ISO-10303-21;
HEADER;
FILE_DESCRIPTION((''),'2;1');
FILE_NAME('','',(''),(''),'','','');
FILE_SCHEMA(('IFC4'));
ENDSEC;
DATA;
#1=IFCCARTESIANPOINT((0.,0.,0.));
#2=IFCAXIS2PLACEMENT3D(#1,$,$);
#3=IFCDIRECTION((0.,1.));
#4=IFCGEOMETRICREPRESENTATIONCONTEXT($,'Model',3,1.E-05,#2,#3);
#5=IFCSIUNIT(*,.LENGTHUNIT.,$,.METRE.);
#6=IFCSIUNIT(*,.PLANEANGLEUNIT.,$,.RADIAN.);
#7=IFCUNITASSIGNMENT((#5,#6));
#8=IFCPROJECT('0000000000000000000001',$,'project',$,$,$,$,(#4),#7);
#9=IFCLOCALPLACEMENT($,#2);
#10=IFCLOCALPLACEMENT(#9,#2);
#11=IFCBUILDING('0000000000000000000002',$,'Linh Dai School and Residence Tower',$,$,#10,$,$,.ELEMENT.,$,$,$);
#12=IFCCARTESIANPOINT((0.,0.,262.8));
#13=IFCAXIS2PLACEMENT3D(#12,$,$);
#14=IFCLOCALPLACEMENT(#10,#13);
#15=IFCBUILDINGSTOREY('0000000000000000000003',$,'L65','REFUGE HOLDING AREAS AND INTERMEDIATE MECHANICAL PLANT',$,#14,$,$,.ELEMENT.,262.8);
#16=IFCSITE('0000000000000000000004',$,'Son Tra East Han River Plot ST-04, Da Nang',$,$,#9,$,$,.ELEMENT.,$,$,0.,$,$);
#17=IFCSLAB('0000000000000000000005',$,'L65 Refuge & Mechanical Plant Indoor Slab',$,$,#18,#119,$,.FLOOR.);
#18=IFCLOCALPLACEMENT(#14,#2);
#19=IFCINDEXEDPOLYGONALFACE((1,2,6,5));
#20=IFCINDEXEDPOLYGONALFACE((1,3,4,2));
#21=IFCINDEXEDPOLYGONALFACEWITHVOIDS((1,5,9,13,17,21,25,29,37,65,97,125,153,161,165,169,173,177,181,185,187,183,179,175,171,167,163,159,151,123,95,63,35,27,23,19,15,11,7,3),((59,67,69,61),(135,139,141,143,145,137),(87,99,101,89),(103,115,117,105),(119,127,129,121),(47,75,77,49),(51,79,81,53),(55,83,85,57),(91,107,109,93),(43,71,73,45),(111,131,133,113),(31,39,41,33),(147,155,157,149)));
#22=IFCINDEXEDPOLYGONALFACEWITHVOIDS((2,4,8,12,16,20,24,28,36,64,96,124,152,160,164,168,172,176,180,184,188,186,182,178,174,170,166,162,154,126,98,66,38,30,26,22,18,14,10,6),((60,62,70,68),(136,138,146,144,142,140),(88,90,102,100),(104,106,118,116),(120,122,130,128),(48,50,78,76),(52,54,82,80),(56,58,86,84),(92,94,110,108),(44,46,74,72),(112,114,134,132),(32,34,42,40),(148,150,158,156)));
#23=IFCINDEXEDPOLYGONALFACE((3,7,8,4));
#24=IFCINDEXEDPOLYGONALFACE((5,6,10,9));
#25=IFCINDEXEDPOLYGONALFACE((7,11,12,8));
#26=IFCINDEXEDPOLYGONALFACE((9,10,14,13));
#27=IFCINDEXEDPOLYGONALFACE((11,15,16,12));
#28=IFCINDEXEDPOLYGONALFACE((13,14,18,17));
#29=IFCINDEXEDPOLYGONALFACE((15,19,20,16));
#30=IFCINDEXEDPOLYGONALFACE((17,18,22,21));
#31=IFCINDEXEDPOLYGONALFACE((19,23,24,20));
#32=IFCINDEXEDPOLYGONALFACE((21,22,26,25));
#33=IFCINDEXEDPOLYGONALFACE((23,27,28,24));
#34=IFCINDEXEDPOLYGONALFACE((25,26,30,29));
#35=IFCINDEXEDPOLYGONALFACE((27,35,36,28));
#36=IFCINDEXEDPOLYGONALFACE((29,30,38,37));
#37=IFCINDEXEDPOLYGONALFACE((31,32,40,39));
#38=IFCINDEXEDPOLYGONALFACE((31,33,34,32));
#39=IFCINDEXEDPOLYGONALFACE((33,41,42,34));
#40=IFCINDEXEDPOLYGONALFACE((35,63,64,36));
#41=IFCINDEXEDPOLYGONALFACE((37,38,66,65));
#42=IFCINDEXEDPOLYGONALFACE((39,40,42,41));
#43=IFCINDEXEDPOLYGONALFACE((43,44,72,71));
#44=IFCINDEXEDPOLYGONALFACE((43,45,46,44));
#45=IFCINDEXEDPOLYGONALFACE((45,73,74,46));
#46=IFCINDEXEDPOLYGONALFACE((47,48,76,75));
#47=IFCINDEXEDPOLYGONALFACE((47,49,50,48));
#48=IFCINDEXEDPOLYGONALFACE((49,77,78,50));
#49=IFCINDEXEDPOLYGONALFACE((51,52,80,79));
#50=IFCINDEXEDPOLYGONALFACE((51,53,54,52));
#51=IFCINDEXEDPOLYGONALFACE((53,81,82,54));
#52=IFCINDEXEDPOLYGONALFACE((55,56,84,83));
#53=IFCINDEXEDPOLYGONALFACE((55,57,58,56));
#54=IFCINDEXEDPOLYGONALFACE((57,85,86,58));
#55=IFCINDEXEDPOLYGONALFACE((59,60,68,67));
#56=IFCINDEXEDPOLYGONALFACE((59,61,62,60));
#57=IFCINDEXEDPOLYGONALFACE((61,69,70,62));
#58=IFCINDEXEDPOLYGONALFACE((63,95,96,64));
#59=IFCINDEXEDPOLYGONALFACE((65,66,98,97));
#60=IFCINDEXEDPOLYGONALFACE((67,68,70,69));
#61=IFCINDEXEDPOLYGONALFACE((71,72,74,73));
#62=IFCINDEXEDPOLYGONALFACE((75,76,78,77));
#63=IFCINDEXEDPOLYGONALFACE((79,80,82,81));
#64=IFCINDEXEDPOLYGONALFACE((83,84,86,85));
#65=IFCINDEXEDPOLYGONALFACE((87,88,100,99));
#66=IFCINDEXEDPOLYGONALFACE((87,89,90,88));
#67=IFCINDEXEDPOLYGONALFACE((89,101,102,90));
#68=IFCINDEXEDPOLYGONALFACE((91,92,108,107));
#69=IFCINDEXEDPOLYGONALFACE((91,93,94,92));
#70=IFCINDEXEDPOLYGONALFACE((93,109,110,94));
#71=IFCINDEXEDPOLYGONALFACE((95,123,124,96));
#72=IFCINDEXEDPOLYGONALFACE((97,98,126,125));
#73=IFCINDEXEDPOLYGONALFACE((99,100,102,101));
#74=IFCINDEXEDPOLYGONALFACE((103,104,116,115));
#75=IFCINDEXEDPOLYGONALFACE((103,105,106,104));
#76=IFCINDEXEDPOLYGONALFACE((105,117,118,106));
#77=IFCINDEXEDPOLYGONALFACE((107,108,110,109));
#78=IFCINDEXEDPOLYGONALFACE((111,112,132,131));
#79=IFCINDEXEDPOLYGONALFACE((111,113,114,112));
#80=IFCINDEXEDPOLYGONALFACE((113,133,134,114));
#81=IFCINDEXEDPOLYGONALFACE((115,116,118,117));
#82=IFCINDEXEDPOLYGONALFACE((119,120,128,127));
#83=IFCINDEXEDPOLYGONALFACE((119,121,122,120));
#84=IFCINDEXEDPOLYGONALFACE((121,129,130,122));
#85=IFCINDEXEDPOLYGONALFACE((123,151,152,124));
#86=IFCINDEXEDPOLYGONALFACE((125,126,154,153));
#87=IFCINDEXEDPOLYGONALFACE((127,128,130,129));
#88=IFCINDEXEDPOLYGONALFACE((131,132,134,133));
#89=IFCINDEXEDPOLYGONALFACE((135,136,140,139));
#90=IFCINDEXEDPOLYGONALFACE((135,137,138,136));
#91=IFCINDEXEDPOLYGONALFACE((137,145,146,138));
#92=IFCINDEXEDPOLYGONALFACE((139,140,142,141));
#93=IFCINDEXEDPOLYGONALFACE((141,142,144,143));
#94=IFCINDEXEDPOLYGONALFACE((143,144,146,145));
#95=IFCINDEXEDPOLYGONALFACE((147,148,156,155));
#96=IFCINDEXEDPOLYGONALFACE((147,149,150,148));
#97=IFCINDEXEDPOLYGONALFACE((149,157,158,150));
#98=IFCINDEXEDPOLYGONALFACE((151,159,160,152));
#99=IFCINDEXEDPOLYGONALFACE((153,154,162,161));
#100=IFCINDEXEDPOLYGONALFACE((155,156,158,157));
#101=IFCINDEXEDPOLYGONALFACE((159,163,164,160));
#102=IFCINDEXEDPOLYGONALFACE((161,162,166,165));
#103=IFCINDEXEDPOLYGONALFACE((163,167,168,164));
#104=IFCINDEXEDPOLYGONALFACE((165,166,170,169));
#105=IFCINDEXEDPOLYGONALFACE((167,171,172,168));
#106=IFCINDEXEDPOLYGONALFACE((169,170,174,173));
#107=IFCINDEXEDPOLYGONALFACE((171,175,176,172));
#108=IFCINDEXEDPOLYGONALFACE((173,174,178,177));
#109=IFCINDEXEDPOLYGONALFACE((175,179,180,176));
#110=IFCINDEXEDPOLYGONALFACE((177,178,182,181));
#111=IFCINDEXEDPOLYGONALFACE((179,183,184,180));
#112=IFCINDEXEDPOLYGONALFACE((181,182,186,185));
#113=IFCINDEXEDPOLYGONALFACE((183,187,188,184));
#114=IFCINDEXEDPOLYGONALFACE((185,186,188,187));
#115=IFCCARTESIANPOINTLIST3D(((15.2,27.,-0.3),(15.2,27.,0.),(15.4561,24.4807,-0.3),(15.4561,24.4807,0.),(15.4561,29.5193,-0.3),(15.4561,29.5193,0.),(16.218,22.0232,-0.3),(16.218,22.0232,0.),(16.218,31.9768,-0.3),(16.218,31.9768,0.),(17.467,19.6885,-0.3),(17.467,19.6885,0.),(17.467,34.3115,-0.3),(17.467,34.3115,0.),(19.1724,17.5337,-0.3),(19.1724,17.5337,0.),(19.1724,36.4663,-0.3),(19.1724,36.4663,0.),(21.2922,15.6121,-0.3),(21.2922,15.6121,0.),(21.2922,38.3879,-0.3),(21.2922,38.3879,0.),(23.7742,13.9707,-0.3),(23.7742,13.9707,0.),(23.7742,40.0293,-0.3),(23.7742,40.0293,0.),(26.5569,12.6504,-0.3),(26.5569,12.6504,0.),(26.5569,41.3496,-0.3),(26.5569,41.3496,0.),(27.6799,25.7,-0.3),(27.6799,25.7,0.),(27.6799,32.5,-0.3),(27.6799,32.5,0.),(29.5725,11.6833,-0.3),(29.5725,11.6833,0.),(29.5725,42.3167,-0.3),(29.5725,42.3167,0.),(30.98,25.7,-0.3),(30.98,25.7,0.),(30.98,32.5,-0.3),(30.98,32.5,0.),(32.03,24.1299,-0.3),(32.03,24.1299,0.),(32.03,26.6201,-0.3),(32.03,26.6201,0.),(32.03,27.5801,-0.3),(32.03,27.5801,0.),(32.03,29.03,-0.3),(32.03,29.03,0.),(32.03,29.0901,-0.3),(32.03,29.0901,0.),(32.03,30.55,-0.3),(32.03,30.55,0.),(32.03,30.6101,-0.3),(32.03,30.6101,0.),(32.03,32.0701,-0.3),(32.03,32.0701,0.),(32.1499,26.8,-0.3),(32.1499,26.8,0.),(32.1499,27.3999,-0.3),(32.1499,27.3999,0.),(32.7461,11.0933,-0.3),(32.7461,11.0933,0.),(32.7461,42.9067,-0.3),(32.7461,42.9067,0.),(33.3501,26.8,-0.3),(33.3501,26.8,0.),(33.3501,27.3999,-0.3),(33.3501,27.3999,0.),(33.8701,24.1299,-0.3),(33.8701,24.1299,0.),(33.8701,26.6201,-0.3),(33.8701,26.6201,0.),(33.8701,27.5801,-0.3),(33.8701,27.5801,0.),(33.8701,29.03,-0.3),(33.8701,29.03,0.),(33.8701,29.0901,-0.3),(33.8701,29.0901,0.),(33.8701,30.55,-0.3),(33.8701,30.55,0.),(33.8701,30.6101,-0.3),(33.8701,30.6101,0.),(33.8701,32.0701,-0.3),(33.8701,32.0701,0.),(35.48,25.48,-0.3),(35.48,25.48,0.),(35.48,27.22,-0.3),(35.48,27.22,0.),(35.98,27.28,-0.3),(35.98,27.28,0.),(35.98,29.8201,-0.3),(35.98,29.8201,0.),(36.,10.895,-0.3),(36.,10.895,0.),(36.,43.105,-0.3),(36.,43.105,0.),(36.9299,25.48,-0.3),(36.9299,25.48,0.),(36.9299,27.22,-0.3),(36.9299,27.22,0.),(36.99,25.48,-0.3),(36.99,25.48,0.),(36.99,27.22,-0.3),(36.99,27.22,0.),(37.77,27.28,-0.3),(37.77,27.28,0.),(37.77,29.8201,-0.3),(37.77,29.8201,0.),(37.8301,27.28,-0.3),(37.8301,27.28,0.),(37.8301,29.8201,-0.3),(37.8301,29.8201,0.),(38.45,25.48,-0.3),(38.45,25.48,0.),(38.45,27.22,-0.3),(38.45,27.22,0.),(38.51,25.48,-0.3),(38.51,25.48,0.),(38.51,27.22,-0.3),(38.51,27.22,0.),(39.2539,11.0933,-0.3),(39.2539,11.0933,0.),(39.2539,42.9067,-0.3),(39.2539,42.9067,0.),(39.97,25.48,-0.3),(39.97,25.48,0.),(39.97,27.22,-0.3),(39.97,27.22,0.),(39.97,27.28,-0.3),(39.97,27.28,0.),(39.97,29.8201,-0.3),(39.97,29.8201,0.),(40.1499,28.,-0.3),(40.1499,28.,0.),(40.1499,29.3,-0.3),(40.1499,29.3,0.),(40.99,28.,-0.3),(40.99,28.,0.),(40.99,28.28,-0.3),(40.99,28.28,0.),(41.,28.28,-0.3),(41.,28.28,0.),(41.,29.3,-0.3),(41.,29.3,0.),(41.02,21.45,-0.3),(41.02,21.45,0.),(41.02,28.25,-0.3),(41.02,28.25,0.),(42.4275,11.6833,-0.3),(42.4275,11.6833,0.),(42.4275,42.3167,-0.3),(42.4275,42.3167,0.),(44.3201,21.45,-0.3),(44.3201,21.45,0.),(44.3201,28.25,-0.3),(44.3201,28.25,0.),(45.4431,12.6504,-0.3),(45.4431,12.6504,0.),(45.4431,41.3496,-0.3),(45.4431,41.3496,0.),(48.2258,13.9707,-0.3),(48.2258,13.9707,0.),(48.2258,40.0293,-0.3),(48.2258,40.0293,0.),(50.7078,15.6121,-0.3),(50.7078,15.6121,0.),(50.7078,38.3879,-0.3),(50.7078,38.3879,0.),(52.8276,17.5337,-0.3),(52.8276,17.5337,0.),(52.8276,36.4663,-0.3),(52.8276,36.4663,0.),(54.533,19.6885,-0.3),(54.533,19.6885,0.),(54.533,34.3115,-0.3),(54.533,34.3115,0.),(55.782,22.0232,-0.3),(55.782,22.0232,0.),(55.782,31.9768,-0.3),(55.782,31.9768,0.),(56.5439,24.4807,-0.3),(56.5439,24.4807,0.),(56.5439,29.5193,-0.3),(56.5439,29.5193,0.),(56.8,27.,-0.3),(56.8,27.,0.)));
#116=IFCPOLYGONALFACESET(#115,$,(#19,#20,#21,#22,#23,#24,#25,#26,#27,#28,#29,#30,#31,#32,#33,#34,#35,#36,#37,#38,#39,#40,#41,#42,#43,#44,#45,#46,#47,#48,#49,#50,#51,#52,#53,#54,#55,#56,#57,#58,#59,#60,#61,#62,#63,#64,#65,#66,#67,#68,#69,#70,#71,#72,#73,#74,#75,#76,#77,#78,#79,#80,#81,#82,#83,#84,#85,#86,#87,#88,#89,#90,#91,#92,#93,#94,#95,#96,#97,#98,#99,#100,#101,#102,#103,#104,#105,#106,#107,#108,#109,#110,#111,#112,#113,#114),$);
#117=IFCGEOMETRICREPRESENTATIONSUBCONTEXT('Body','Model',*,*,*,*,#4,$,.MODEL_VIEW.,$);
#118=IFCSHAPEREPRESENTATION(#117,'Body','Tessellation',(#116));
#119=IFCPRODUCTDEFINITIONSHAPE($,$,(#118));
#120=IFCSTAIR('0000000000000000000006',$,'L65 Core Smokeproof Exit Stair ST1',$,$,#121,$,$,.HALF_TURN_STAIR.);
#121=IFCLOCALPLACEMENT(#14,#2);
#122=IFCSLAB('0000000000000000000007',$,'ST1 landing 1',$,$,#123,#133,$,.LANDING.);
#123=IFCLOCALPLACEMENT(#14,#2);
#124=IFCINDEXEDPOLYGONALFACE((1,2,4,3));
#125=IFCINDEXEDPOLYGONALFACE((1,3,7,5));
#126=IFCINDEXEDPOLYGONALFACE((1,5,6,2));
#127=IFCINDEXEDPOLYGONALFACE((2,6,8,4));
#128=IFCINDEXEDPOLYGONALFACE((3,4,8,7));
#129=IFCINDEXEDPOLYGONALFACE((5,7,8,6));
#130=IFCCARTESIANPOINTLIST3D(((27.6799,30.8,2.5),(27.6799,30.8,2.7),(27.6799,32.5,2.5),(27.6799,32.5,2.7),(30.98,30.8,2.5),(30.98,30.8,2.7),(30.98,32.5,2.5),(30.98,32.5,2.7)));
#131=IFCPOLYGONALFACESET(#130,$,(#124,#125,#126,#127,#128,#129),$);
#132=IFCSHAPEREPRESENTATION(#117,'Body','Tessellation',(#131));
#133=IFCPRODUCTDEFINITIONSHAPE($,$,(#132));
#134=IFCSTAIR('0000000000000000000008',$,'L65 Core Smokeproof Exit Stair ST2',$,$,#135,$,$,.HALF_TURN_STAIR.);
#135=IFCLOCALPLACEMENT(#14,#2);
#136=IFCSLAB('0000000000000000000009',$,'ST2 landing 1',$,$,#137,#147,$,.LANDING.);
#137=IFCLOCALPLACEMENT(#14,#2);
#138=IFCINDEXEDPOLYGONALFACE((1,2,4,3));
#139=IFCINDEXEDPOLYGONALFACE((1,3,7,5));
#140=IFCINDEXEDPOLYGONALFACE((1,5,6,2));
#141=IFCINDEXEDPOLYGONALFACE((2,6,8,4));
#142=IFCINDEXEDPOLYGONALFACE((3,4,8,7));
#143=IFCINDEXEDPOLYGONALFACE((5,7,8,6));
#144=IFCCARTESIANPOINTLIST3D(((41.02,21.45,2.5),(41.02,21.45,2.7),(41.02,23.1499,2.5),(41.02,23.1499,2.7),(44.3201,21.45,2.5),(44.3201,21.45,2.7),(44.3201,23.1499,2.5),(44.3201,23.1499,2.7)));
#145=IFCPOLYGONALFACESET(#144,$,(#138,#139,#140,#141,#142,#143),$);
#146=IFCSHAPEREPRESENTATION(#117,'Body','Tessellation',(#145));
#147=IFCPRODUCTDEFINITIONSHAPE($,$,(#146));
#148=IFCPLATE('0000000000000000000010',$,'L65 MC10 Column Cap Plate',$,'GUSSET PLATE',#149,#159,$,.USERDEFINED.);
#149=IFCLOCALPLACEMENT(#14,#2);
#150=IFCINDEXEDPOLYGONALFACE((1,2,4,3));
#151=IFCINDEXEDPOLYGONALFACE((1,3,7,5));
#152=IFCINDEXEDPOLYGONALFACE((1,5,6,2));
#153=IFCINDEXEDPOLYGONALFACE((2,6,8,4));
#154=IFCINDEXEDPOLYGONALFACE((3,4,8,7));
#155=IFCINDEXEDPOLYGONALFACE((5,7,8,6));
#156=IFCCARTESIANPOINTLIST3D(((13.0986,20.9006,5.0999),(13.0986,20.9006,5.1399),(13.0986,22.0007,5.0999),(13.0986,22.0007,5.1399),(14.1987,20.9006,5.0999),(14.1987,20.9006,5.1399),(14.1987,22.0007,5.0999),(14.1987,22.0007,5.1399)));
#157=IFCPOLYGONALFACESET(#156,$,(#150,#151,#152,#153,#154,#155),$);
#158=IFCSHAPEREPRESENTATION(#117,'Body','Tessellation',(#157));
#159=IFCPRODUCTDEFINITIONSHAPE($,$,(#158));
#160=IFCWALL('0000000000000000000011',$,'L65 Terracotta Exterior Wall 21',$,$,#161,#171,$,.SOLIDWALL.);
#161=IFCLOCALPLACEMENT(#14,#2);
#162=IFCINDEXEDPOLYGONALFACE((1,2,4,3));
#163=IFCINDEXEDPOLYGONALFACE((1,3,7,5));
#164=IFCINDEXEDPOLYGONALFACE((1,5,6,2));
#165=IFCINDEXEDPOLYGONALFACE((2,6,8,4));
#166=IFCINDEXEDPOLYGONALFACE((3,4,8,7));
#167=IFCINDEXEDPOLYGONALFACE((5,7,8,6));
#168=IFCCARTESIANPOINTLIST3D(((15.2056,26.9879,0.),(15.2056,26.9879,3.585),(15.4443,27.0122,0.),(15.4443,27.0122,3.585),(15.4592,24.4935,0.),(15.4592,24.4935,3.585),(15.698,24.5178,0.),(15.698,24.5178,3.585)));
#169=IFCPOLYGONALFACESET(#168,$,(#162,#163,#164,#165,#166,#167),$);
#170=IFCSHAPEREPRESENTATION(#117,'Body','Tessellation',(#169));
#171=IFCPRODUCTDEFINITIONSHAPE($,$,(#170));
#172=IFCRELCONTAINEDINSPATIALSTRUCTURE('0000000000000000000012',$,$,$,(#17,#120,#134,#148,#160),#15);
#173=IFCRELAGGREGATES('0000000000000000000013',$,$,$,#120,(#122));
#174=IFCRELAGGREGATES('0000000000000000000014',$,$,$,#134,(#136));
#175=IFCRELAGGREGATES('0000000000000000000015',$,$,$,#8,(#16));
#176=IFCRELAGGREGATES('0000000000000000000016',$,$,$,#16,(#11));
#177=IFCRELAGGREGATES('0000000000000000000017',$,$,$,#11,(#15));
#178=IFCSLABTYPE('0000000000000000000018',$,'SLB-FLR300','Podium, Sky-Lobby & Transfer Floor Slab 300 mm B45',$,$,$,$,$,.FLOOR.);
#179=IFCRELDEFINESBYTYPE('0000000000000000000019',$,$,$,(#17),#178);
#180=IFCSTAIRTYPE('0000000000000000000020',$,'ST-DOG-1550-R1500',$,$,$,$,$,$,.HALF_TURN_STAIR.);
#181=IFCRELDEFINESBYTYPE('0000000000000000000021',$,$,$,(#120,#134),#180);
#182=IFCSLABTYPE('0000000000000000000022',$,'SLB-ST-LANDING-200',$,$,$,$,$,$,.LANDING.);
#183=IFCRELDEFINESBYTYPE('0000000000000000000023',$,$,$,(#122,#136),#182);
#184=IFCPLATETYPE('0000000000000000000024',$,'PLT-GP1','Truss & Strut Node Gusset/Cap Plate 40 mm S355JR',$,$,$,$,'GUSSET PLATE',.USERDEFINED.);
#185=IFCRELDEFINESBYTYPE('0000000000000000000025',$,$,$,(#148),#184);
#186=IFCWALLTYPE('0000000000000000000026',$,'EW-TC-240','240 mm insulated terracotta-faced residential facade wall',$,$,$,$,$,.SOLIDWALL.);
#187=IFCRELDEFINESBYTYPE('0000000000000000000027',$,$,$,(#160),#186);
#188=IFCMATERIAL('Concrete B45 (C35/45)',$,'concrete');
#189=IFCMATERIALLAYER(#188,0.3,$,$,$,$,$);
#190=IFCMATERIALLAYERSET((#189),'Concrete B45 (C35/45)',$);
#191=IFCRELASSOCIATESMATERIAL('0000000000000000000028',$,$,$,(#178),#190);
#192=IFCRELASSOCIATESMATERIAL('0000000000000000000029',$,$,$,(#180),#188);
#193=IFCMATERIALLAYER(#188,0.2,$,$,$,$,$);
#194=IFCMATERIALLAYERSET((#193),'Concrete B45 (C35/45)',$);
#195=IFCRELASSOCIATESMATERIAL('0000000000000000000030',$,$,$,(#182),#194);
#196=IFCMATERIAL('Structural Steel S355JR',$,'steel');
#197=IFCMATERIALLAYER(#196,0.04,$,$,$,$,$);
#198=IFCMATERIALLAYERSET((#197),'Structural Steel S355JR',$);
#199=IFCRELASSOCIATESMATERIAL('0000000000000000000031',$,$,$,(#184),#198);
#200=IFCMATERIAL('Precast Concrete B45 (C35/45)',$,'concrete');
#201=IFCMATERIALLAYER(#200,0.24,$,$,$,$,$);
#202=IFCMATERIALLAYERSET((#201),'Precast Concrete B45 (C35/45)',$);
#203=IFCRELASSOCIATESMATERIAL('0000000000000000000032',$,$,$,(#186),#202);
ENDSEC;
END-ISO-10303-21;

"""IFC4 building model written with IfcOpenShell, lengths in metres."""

from ifc_helpers import new_model, si_unit, direction, frame, frame_2d, origin, origin_2d, place, context, subcontext, project, spatial, polyline, rectangle, outline, extrude, source, transform, mapped, material, layer, layer_set, type_object, element, aggregate, save


model = new_model("IFC4")

# Units and contexts
model_context = context("Model", 3, precision=1e-05, world=origin(), true_north=direction((0.0, 1.0)))
body_context = subcontext(model_context, "Body", "Model", "MODEL_VIEW")
ifc_project = project(units=[si_unit("LENGTHUNIT", "METRE"), si_unit("PLANEANGLEUNIT", "RADIAN")], contexts=[model_context])

# Site, building, storey
site_placement = place(None, origin())
site = spatial("IfcSite", under=ifc_project, at=site_placement, Name="Son Tra East Han River Plot ST-04, Da Nang", CompositionType="ELEMENT", RefElevation=0.0)
building_placement = place(site_placement, origin())
building = spatial("IfcBuilding", under=site, at=building_placement, Name="Linh Dai School and Residence Tower", CompositionType="ELEMENT")
storey_placement = place(building_placement, frame((0.0, 0.0, 262.8)))
storey = spatial("IfcBuildingStorey", under=building, at=storey_placement, Name="L65", Description="REFUGE HOLDING AREAS AND INTERMEDIATE MECHANICAL PLANT", CompositionType="ELEMENT", Elevation=262.8)

# Shared definitions
ifc_material_1 = material(Name="Structural Steel S355JR", Category="steel")

# Slab
ifc_material_2 = material(Name="Concrete B45 (C35/45)", Category="concrete")
ifc_layer_1 = layer(ifc_material_2, 0.3)
ifc_layer_set_1 = layer_set([ifc_layer_1], Name="Concrete B45 (C35/45)")
slab_type_1 = type_object("IfcSlabType", Name="SLB-FLR300", Description="Podium, Sky-Lobby & Transfer Floor Slab 300 mm B45", PredefinedType="FLOOR", material=ifc_layer_set_1)
slab_1_placement = place(storey_placement, frame((0.0, 0.0, -0.3)))
element("IfcSlab", 1, at=slab_1_placement, inside=storey, type_object=slab_type_1, Name="L65 Refuge & Mechanical Plant Indoor Slab", PredefinedType="FLOOR", context=body_context, shape_type="SweptSolid", body=[
    extrude(outline(polyline([(56.8, 27.0), (56.5439, 29.5193), (55.782, 31.9768), (54.533, 34.3115), (52.8276, 36.4663), (50.7078, 38.3879), (48.2258, 40.0293), (45.4431, 41.3496), (42.4275, 42.3167), (39.2539, 42.9067), (36.0, 43.105), (32.7461, 42.9067), (29.5725, 42.3167), (26.5569, 41.3496), (23.7742, 40.0293), (21.2922, 38.3879), (19.1724, 36.4663), (17.467, 34.3115), (16.218, 31.9768), (15.4561, 29.5193), (15.2, 27.0), (15.4561, 24.4807), (16.218, 22.0232), (17.467, 19.6885), (19.1724, 17.5337), (21.2922, 15.6121), (23.7742, 13.9707), (26.5569, 12.6504), (29.5725, 11.6833), (32.7461, 11.0933), (36.0, 10.895), (39.2539, 11.0933), (42.4275, 11.6833), (45.4431, 12.6504), (48.2258, 13.9707), (50.7078, 15.6121), (52.8276, 17.5337), (54.533, 19.6885), (55.782, 22.0232), (56.5439, 24.4807), (56.8, 27.0)]), holes=[polyline([(30.98, 25.7), (30.98, 32.5), (27.6799, 32.5), (27.6799, 25.7), (30.98, 25.7)]), polyline([(41.02, 28.25), (41.02, 21.45), (44.3201, 21.45), (44.3201, 28.25), (41.02, 28.25)]), polyline([(35.98, 27.28), (37.77, 27.28), (37.77, 29.8201), (35.98, 29.8201), (35.98, 27.28)]), polyline([(32.03, 24.1299), (33.8701, 24.1299), (33.8701, 26.6201), (32.03, 26.6201), (32.03, 24.1299)]), polyline([(37.8301, 27.28), (39.97, 27.28), (39.97, 29.8201), (37.8301, 29.8201), (37.8301, 27.28)]), polyline([(32.03, 27.5801), (33.8701, 27.5801), (33.8701, 29.03), (32.03, 29.03), (32.03, 27.5801)]), polyline([(32.03, 29.0901), (33.8701, 29.0901), (33.8701, 30.55), (32.03, 30.55), (32.03, 29.0901)]), polyline([(32.03, 30.6101), (33.8701, 30.6101), (33.8701, 32.0701), (32.03, 32.0701), (32.03, 30.6101)]), polyline([(35.48, 25.48), (36.9299, 25.48), (36.9299, 27.22), (35.48, 27.22), (35.48, 25.48)]), polyline([(36.99, 25.48), (38.45, 25.48), (38.45, 27.22), (36.99, 27.22), (36.99, 25.48)]), polyline([(38.51, 25.48), (39.97, 25.48), (39.97, 27.22), (38.51, 27.22), (38.51, 25.48)]), polyline([(40.1499, 28.0), (40.1499, 29.3), (41.0, 29.3), (41.0, 28.28), (40.99, 28.28), (40.99, 28.0), (40.1499, 28.0)]), polyline([(32.1499, 26.8), (33.3501, 26.8), (33.3501, 27.3999), (32.1499, 27.3999), (32.1499, 26.8)])]), origin(), (0.0, 0.0, 1.0), 0.3),
])

# Stairs, slabs
stair_type = type_object("IfcStairType", Name="ST-DOG-1550-R1500", PredefinedType="HALF_TURN_STAIR", material=ifc_material_2)
stair_1_placement = place(storey_placement, origin())
stair_1 = element("IfcStair", 2, at=stair_1_placement, inside=storey, type_object=stair_type, Name="L65 Core Smokeproof Exit Stair ST1", PredefinedType="HALF_TURN_STAIR")
ifc_layer_2 = layer(ifc_material_2, 0.2)
ifc_layer_set_2 = layer_set([ifc_layer_2], Name="Concrete B45 (C35/45)")
slab_type_2 = type_object("IfcSlabType", Name="SLB-ST-LANDING-200", PredefinedType="LANDING", material=ifc_layer_set_2)
slab_2_placement = place(storey_placement, frame((0.0, 0.0, 2.5)))
slab_2 = element("IfcSlab", 3, at=slab_2_placement, type_object=slab_type_2, Name="ST1 landing 1", PredefinedType="LANDING", context=body_context, shape_type="SweptSolid", body=[
    extrude(outline(polyline([(30.98, 30.8), (30.98, 32.5), (27.6799, 32.5), (27.6799, 30.8), (30.98, 30.8)])), origin(), (0.0, 0.0, 1.0), 0.2),
])
aggregate(stair_1, [slab_2])
stair_2_placement = place(storey_placement, origin())
stair_2 = element("IfcStair", 4, at=stair_2_placement, inside=storey, type_object=stair_type, Name="L65 Core Smokeproof Exit Stair ST2", PredefinedType="HALF_TURN_STAIR")
slab_3_placement = place(storey_placement, frame((0.0, 0.0, 2.5)))
slab_3 = element("IfcSlab", 5, at=slab_3_placement, type_object=slab_type_2, Name="ST2 landing 1", PredefinedType="LANDING", context=body_context, shape_type="SweptSolid", body=[
    extrude(outline(polyline([(41.02, 23.1499), (41.02, 21.45), (44.3201, 21.45), (44.3201, 23.1499), (41.02, 23.1499)])), origin(), (0.0, 0.0, 1.0), 0.2),
])
aggregate(stair_2, [slab_3])

# Plate
ifc_layer_3 = layer(ifc_material_1, 0.04)
ifc_layer_set_3 = layer_set([ifc_layer_3], Name="Structural Steel S355JR")
plate_type = type_object("IfcPlateType", Name="PLT-GP1", Description="Truss & Strut Node Gusset/Cap Plate 40 mm S355JR", ElementType="GUSSET PLATE", PredefinedType="USERDEFINED", material=ifc_layer_set_3)
shared_shape_1 = source(origin(), body_context, "Body", "SweptSolid", [
    extrude(rectangle(XDim=1.1001, YDim=1.1001, at=origin_2d()), origin(), (0.0, 0.0, 1.0), 0.04),
])
plate_placement = place(storey_placement, frame((13.6487, 21.4507, 5.0999), z_axis=(0.0, 0.0, 1.0), x_axis=(1.0, 0.0, 0.0)))
element("IfcPlate", 6, at=plate_placement, inside=storey, type_object=plate_type, Name="L65 MC10 Column Cap Plate", ObjectType="GUSSET PLATE", PredefinedType="USERDEFINED", context=body_context, shape_type="MappedRepresentation", body=[
    mapped(shared_shape_1, transform((0.0, 0.0, 0.0), x_axis=(1.0, 0.0, 0.0), y_axis=(0.0, 1.0, 0.0), z_axis=(0.0, 0.0, 1.0), scale=1.0)),
])

# Wall
ifc_material_3 = material(Name="Precast Concrete B45 (C35/45)", Category="concrete")
ifc_layer_4 = layer(ifc_material_3, 0.24)
ifc_layer_set_4 = layer_set([ifc_layer_4], Name="Precast Concrete B45 (C35/45)")
wall_type_1 = type_object("IfcWallType", Name="EW-TC-240", Description="240 mm insulated terracotta-faced residential facade wall", PredefinedType="SOLIDWALL", material=ifc_layer_set_4)
wall_1_placement = place(storey_placement, frame((15.5786, 24.5056, 0.0), z_axis=(0.0, 0.0, 1.0), x_axis=(-0.101171, 0.994869, 0.0)))
element("IfcWall", 7, at=wall_1_placement, inside=storey, type_object=wall_type_1, Name="L65 Terracotta Exterior Wall 21", PredefinedType="SOLIDWALL", context=body_context, shape_type="SweptSolid", body=[
    extrude(rectangle(XDim=2.5073, YDim=0.24, at=frame_2d((1.2537, 0.0))), origin(), (0.0, 0.0, 1.0), 3.585),
])

save(model, "model.ifc")
